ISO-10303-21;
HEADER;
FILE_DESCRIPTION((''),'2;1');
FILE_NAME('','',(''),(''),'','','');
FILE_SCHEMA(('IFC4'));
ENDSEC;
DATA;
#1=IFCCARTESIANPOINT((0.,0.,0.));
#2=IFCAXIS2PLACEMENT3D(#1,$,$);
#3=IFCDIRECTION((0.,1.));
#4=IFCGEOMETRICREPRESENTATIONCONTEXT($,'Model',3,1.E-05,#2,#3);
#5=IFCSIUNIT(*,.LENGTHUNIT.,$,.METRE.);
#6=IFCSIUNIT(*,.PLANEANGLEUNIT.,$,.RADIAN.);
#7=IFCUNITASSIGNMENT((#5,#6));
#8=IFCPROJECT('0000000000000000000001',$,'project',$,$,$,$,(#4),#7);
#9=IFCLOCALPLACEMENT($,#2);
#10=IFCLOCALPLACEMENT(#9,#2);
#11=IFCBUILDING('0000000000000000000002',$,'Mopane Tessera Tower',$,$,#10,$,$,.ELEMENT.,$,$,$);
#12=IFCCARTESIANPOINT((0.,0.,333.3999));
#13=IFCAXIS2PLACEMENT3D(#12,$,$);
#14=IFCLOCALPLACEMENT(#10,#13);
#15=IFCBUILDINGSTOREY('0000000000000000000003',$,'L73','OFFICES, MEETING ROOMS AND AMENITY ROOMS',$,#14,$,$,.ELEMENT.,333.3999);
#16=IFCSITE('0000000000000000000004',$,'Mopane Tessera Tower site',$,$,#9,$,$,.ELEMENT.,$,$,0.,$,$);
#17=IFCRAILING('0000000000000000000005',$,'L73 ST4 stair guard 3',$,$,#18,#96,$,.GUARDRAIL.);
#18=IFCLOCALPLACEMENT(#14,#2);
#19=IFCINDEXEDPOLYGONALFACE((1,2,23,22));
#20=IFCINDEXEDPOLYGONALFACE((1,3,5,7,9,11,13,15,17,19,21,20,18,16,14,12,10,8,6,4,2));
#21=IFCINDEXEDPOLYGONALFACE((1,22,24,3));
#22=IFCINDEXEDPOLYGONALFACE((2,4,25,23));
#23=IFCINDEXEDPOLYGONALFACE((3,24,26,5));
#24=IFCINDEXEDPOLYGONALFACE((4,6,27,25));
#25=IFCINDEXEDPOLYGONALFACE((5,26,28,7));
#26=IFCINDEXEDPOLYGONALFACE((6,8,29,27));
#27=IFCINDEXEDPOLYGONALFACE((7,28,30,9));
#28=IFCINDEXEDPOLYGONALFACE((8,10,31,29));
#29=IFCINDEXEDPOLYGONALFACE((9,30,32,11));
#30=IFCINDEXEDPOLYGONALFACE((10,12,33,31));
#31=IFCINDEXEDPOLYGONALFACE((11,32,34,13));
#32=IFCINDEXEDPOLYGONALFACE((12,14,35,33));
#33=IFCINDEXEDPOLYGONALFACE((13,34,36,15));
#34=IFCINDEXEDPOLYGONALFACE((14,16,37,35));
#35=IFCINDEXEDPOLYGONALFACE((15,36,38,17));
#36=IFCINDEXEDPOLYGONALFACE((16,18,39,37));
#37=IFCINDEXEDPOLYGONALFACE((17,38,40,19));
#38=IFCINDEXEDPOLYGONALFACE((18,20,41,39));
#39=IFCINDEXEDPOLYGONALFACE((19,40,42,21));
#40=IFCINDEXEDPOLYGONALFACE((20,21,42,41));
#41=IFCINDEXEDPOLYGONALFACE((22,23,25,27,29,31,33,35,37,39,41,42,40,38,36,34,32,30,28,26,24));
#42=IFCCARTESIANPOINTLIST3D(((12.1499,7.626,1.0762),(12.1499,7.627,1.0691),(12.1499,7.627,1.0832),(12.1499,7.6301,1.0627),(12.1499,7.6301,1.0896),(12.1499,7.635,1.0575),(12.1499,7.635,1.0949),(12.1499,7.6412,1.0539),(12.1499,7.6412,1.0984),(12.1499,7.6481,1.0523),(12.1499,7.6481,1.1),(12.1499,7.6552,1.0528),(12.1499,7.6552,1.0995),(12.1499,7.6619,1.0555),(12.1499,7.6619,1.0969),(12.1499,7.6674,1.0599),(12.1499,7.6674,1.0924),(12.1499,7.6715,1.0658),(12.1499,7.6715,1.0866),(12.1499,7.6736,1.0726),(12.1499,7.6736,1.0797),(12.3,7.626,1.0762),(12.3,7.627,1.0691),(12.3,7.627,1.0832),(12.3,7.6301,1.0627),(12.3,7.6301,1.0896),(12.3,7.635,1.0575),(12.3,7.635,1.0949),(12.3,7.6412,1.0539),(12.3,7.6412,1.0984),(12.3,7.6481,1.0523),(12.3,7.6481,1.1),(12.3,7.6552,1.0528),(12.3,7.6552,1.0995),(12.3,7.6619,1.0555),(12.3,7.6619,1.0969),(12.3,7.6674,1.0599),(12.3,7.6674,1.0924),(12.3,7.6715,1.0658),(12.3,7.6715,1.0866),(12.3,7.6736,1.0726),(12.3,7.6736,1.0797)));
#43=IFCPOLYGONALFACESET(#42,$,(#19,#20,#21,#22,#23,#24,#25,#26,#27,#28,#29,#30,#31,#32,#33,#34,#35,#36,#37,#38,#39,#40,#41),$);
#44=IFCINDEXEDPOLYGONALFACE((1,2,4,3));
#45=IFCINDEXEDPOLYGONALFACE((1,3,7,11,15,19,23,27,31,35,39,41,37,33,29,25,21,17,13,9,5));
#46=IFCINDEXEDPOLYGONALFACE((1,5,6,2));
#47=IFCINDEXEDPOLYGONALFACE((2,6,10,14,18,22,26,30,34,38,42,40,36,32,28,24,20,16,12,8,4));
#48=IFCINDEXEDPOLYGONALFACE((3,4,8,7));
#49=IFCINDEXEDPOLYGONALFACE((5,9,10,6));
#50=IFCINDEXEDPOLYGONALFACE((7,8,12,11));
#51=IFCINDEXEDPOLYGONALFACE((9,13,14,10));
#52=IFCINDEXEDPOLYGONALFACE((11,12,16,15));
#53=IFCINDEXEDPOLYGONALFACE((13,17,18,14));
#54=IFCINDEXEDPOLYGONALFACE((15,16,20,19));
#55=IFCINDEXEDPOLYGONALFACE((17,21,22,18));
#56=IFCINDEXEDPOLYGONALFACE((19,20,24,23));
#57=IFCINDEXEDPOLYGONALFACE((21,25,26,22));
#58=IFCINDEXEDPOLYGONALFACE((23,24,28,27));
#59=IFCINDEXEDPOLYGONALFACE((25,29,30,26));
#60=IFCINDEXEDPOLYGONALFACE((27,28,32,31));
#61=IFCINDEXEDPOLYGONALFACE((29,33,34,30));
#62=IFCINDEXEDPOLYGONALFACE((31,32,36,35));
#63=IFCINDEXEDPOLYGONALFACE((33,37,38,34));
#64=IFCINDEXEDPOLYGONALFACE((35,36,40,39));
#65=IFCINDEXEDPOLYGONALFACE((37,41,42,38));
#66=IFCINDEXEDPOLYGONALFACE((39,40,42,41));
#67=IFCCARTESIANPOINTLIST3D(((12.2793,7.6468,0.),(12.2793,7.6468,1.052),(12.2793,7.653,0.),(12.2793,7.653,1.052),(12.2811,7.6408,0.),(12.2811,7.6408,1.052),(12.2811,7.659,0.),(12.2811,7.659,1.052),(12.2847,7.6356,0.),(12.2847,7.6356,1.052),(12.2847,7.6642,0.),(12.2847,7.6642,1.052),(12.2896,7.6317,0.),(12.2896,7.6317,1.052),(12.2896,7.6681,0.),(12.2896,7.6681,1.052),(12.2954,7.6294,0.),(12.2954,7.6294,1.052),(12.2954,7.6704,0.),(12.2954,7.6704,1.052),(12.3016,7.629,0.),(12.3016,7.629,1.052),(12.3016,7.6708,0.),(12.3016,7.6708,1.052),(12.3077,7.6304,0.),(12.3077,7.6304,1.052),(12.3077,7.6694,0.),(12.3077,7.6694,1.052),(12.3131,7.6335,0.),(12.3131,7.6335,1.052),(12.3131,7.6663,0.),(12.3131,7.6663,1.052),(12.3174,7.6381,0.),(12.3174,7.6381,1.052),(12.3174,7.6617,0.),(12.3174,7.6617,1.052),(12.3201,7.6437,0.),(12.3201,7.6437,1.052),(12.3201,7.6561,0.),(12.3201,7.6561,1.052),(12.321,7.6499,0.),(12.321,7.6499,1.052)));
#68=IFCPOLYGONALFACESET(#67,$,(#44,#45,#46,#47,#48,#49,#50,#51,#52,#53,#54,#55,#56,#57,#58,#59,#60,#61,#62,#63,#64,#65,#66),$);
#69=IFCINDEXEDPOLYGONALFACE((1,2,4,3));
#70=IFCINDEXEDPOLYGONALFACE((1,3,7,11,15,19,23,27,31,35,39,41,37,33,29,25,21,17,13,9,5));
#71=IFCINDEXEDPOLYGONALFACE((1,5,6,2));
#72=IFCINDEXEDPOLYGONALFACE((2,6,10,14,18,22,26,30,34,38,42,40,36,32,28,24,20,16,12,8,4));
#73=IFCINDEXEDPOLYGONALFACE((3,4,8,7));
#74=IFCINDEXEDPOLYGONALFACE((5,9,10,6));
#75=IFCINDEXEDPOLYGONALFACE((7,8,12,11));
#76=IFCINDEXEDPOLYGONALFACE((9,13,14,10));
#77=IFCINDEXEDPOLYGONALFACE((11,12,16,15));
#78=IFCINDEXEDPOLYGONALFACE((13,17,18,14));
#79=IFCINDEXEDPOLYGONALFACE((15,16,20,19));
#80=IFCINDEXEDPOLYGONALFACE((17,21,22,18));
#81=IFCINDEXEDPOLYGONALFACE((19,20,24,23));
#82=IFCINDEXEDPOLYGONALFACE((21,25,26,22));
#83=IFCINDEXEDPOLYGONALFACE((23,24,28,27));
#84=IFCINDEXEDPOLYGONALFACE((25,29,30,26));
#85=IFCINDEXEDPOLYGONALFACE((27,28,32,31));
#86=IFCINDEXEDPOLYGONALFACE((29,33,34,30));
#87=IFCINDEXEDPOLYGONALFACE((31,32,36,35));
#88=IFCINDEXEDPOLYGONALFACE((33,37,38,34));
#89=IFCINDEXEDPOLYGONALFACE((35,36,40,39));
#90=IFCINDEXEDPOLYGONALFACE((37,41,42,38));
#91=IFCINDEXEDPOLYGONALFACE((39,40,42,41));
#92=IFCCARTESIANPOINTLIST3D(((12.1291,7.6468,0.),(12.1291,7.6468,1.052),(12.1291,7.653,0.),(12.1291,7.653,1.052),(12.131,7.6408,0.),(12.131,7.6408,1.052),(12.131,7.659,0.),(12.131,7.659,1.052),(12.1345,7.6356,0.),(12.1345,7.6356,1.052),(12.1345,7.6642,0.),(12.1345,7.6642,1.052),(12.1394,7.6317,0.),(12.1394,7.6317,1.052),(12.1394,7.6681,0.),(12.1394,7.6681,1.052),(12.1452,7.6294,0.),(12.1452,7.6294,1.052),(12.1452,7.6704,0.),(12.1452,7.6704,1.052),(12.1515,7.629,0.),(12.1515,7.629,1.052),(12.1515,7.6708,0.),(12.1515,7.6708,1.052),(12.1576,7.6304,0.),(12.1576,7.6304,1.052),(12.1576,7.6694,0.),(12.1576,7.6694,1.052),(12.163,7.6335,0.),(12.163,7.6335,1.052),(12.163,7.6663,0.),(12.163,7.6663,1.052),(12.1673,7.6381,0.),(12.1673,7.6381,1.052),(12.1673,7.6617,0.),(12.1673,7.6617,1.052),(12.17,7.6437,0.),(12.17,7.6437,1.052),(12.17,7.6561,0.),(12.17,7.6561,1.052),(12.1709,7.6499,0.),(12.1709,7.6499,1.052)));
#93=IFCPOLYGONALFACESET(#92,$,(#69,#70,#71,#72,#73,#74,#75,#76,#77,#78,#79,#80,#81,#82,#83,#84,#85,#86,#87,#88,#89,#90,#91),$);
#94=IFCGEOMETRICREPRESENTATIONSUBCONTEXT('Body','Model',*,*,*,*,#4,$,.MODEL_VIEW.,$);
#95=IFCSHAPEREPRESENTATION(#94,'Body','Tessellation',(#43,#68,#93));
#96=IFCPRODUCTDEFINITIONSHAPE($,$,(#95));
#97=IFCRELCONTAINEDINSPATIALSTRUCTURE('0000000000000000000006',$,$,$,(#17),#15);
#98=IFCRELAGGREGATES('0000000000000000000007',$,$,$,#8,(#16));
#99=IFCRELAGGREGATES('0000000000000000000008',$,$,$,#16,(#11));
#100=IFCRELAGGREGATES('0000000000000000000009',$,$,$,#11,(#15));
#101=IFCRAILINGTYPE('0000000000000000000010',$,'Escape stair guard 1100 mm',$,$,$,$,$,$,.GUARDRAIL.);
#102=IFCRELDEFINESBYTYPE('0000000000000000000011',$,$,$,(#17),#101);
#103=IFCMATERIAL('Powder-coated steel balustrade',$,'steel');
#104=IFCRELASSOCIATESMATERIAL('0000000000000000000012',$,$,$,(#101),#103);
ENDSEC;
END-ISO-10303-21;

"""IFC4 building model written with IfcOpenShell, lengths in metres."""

from ifc_helpers import new_model, si_unit, direction, frame, origin, origin_2d, place, context, subcontext, project, spatial, circle, extrude, material, type_object, element, save


model = new_model("IFC4")

# Units and contexts
model_context = context("Model", 3, precision=1e-05, world=origin(), true_north=direction((0.0, 1.0)))
body_context = subcontext(model_context, "Body", "Model", "MODEL_VIEW")
ifc_project = project(units=[si_unit("LENGTHUNIT", "METRE"), si_unit("PLANEANGLEUNIT", "RADIAN")], contexts=[model_context])

# Site, building, storey
site_placement = place(None, origin())
site = spatial("IfcSite", under=ifc_project, at=site_placement, Name="Mopane Tessera Tower site", CompositionType="ELEMENT", RefElevation=0.0)
building_placement = place(site_placement, origin())
building = spatial("IfcBuilding", under=site, at=building_placement, Name="Mopane Tessera Tower", CompositionType="ELEMENT")
storey_placement = place(building_placement, frame((0.0, 0.0, 333.3999)))
storey = spatial("IfcBuildingStorey", under=building, at=storey_placement, Name="L73", Description="OFFICES, MEETING ROOMS AND AMENITY ROOMS", CompositionType="ELEMENT", Elevation=333.3999)

# Railing
ifc_material_1 = material(Name="Powder-coated steel balustrade", Category="steel")
railing_type_1 = type_object("IfcRailingType", Name="Escape stair guard 1100 mm", PredefinedType="GUARDRAIL", material=ifc_material_1)
railing_1_placement = place(storey_placement, frame((12.3, 7.6499, 0.0)))
element("IfcRailing", 1, at=railing_1_placement, inside=storey, type_object=railing_type_1, Name="L73 ST4 stair guard 3", PredefinedType="GUARDRAIL", context=body_context, shape_type="SweptSolid", body=[
    extrude(circle(Radius=0.0239, at=origin_2d()), frame((0.0, 0.0, 1.0762), z_axis=(-1.0, 0.0, 0.0), x_axis=(0.0, -1.0, 0.0)), (0.0, 0.0, 1.0), 0.1501),
    extrude(circle(Radius=0.021, at=origin_2d()), origin(), (0.0, 0.0, 1.0), 1.052),
    extrude(circle(Radius=0.021, at=origin_2d()), frame((-0.1501, 0.0, 0.0)), (0.0, 0.0, 1.0), 1.052),
])

save(model, "model.ifc")
